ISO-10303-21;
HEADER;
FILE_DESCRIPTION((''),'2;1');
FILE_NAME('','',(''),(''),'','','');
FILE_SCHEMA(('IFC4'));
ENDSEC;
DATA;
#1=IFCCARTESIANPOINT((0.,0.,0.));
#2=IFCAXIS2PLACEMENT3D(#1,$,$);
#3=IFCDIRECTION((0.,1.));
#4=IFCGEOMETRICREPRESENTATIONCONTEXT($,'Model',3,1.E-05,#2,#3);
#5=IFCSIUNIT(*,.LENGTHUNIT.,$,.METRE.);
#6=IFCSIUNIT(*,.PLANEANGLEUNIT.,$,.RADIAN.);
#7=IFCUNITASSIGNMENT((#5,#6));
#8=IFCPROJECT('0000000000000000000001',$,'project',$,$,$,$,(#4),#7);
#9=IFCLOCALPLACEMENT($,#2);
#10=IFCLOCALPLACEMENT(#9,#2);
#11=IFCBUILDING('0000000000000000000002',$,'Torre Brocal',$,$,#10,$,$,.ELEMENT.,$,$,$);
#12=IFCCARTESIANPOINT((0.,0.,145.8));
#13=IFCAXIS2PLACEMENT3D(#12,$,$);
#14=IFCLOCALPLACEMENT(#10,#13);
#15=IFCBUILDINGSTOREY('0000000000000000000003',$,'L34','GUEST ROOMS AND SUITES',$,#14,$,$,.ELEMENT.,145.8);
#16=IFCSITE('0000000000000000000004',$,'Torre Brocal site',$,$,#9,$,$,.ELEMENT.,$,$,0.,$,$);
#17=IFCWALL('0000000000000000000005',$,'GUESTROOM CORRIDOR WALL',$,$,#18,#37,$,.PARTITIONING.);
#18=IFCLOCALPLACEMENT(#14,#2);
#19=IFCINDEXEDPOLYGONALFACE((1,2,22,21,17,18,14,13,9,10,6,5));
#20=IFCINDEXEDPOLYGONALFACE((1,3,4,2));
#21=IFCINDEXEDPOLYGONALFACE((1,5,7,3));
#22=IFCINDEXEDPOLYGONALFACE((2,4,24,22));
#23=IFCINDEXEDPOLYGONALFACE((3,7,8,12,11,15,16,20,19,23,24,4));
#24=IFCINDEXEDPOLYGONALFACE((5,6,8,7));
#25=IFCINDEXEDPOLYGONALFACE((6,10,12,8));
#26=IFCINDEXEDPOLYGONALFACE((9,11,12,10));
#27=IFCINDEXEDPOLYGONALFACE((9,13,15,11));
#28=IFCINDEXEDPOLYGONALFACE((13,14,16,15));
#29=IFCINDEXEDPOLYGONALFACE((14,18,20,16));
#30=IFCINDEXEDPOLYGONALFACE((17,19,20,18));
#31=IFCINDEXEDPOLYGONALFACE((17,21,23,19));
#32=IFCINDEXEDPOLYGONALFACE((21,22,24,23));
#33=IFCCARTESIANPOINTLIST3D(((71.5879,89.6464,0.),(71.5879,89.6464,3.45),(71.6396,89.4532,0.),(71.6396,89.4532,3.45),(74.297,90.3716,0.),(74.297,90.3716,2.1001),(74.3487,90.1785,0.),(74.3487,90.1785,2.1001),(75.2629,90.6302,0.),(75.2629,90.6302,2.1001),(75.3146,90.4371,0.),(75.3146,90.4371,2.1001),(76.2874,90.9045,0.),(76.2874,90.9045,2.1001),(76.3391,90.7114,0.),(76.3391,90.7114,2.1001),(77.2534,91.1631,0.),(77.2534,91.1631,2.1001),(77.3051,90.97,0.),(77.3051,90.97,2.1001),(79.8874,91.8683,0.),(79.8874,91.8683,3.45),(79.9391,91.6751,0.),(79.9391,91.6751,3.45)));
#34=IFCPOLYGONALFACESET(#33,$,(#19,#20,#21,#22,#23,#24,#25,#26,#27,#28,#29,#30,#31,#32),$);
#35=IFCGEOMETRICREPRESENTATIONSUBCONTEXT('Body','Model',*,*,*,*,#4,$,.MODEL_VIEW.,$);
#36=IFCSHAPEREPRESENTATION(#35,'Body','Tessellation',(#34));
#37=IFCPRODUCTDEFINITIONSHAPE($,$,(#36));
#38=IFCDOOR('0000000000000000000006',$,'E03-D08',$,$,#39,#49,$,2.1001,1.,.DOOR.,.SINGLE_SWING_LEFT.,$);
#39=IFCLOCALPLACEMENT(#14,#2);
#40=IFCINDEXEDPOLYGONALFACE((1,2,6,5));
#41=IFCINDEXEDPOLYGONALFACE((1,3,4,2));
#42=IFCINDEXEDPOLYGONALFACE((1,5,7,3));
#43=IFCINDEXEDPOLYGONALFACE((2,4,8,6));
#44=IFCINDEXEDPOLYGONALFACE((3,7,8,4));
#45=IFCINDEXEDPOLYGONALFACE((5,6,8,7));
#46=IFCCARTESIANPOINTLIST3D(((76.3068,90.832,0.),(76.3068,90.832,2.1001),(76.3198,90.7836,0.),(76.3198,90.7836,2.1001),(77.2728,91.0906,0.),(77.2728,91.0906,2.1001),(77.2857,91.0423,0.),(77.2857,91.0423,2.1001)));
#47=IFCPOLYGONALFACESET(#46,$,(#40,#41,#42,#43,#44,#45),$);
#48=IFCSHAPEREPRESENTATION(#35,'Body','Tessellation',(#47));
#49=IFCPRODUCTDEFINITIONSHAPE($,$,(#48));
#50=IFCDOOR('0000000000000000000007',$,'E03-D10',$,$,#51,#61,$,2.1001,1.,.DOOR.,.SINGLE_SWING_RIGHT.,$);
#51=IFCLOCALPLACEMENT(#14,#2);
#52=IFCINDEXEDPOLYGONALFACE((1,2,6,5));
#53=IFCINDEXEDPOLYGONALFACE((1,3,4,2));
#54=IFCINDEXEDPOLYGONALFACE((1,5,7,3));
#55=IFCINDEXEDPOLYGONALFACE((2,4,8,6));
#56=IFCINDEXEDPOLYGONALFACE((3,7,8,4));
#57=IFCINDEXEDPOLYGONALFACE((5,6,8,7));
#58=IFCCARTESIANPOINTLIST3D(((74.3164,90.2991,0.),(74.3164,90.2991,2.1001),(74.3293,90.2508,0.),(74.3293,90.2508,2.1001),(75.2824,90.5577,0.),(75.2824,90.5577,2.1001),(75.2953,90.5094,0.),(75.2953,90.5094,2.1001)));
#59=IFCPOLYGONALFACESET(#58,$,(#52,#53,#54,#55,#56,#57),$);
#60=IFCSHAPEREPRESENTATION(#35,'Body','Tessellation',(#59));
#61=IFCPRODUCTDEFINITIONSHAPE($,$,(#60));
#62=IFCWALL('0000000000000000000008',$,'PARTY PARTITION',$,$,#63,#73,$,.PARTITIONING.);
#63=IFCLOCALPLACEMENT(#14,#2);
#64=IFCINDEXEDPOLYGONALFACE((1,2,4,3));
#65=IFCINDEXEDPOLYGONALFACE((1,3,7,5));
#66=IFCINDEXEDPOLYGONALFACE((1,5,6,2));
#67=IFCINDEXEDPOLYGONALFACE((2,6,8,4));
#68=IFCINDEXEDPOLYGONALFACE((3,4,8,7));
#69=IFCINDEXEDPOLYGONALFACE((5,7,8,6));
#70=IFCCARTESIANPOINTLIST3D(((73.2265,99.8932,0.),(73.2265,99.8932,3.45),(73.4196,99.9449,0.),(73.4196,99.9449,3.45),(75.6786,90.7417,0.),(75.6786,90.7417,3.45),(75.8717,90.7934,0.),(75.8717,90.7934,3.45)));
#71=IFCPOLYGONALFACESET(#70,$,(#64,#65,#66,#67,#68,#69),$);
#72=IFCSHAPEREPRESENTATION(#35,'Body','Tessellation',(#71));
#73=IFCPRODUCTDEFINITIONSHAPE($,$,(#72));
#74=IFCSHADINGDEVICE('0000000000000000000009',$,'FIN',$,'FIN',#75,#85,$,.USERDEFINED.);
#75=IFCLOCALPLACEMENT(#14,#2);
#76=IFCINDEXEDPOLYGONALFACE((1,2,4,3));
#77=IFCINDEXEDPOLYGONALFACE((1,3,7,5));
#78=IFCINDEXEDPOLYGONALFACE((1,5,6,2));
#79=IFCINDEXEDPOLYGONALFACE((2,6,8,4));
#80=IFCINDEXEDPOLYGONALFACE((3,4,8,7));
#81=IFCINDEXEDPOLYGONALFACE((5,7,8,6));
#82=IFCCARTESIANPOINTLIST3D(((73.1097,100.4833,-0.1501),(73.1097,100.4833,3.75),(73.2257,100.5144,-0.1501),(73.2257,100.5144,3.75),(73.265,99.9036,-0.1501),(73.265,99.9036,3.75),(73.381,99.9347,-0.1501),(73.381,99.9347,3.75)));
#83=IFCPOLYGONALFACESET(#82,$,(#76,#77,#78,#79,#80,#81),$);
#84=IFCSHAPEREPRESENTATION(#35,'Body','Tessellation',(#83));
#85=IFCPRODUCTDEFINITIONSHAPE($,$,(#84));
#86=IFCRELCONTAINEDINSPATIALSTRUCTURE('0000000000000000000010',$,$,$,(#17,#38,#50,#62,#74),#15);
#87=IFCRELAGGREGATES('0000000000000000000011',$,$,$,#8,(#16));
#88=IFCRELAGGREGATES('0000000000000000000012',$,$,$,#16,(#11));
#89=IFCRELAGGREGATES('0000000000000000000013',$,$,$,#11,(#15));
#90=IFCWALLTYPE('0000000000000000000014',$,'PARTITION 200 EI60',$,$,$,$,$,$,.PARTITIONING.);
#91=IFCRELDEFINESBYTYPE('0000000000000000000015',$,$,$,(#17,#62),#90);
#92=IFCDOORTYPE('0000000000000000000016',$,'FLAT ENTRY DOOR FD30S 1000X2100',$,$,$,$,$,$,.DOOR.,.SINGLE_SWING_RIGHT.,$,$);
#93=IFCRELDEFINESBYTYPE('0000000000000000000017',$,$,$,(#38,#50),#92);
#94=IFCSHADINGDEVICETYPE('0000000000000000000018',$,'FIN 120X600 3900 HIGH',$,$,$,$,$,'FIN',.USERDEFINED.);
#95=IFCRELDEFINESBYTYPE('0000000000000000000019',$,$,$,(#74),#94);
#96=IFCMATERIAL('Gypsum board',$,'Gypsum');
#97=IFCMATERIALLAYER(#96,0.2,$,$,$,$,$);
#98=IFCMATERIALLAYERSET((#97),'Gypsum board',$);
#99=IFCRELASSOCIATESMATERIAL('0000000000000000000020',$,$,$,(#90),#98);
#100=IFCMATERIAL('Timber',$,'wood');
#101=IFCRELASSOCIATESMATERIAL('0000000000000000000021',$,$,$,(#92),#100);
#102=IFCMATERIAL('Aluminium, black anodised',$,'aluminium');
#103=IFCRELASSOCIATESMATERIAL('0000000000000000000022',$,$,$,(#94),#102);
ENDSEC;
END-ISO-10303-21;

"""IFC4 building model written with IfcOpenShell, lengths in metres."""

from ifc_helpers import new_model, si_unit, direction, frame, frame_2d, origin, origin_2d, place, context, subcontext, project, spatial, rectangle, extrude, material, layer, layer_set, material_profile, profile_set, type_object, element, fill, save


model = new_model("IFC4")

# Units and contexts
model_context = context("Model", 3, precision=1e-05, world=origin(), true_north=direction((0.0, 1.0)))
body_context = subcontext(model_context, "Body", "Model", "MODEL_VIEW")
ifc_project = project(units=[si_unit("LENGTHUNIT", "METRE"), si_unit("PLANEANGLEUNIT", "RADIAN")], contexts=[model_context])

# Site, building, storey
site_placement = place(None, origin())
site = spatial("IfcSite", under=ifc_project, at=site_placement, Name="Torre Brocal site", CompositionType="ELEMENT", RefElevation=0.0)
building_placement = place(site_placement, origin())
building = spatial("IfcBuilding", under=site, at=building_placement, Name="Torre Brocal", CompositionType="ELEMENT")
storey_placement = place(building_placement, frame((0.0, 0.0, 145.8)))
storey = spatial("IfcBuildingStorey", under=building, at=storey_placement, Name="L34", Description="GUEST ROOMS AND SUITES", CompositionType="ELEMENT", Elevation=145.8)

# Wall, openings, doors
ifc_material_1 = material(Name="Gypsum board", Category="Gypsum")
ifc_layer_1 = layer(ifc_material_1, 0.2)
ifc_layer_set_1 = layer_set([ifc_layer_1], Name="Gypsum board")
wall_type_1 = type_object("IfcWallType", Name="PARTITION 200 EI60", PredefinedType="PARTITIONING", material=ifc_layer_set_1)
wall_1_placement = place(storey_placement, frame((71.6138, 89.5498, 0.0), z_axis=(0.0, 0.0, 1.0), x_axis=(0.965982, 0.258609, 0.0)))
wall_1 = element("IfcWall", 1, at=wall_1_placement, inside=storey, type_object=wall_type_1, Name="GUESTROOM CORRIDOR WALL", PredefinedType="PARTITIONING", context=body_context, shape_type="SweptSolid", body=[
    extrude(rectangle(XDim=8.5918, YDim=0.2, at=frame_2d((4.2959, 0.0))), origin(), (0.0, 0.0, 1.0), 3.45),
])
opening_1_placement = place(wall_1_placement, frame((4.865, 0.0, 0.0)))
opening_1 = element("IfcOpeningElement", 2, at=opening_1_placement, cuts=wall_1, PredefinedType="OPENING", context=body_context, shape_type="SweptSolid", body=[
    extrude(rectangle(XDim=1.0, YDim=2.1001, at=frame_2d((0.5, 1.05))), frame((0.0, 0.1099, 0.0), z_axis=(0.0, -1.0, 0.0), x_axis=(1.0, 0.0, 0.0)), (0.0, 0.0, 1.0), 0.22),
])
opening_2_placement = place(wall_1_placement, frame((2.8044, 0.0, 0.0)))
opening_2 = element("IfcOpeningElement", 3, at=opening_2_placement, cuts=wall_1, PredefinedType="OPENING", context=body_context, shape_type="SweptSolid", body=[
    extrude(rectangle(XDim=1.0, YDim=2.1001, at=frame_2d((0.5, 1.05))), frame((0.0, 0.1099, 0.0), z_axis=(0.0, -1.0, 0.0), x_axis=(1.0, 0.0, 0.0)), (0.0, 0.0, 1.0), 0.22),
])
ifc_material_2 = material(Name="Timber", Category="wood")
door_type_1 = type_object("IfcDoorType", Name="FLAT ENTRY DOOR FD30S 1000X2100", OperationType="SINGLE_SWING_RIGHT", PredefinedType="DOOR", material=ifc_material_2)
door_1_placement = place(opening_1_placement, origin())
door_1 = element("IfcDoor", 4, at=door_1_placement, inside=storey, type_object=door_type_1, Name="E03-D08", OperationType="SINGLE_SWING_LEFT", OverallHeight=2.1001, OverallWidth=1.0, PredefinedType="DOOR", context=body_context, shape_type="SweptSolid", body=[
    extrude(rectangle(XDim=1.0, YDim=2.1001, at=frame_2d((0.5, 1.05))), frame((0.0, 0.0249, 0.0), z_axis=(0.0, -1.0, 0.0), x_axis=(1.0, 0.0, 0.0)), (0.0, 0.0, 1.0), 0.05),
])
fill(opening_1, door_1)
door_2_placement = place(opening_2_placement, origin())
door_2 = element("IfcDoor", 5, at=door_2_placement, inside=storey, type_object=door_type_1, Name="E03-D10", OperationType="SINGLE_SWING_RIGHT", OverallHeight=2.1001, OverallWidth=1.0, PredefinedType="DOOR", context=body_context, shape_type="SweptSolid", body=[
    extrude(rectangle(XDim=1.0, YDim=2.1001, at=frame_2d((0.5, 1.05))), frame((0.0, 0.0249, 0.0), z_axis=(0.0, -1.0, 0.0), x_axis=(1.0, 0.0, 0.0)), (0.0, 0.0, 1.0), 0.05),
])
fill(opening_2, door_2)

# Wall
wall_2_placement = place(storey_placement, frame((73.323, 99.9192, 0.0), z_axis=(0.0, 0.0, 1.0), x_axis=(0.258817, -0.965926, 0.0)))
element("IfcWall", 6, at=wall_2_placement, inside=storey, type_object=wall_type_1, Name="PARTY PARTITION", PredefinedType="PARTITIONING", context=body_context, shape_type="SweptSolid", body=[
    extrude(rectangle(XDim=9.4744, YDim=0.2, at=frame_2d((4.7373, 0.0))), origin(), (0.0, 0.0, 1.0), 3.45),
])

# Shading device
ifc_material_3 = material(Name="Aluminium, black anodised", Category="aluminium")
ifc_material_profile_1 = material_profile(ifc_material_3, rectangle(XDim=0.1201, YDim=0.6001, at=origin_2d()), Name="FIN 120X600 3900 HIGH")
ifc_profile_set_1 = profile_set([ifc_material_profile_1], Name="Aluminium, black anodised")
shading_device_type = type_object("IfcShadingDeviceType", Name="FIN 120X600 3900 HIGH", ElementType="FIN", PredefinedType="USERDEFINED", material=ifc_profile_set_1)
shading_device_placement = place(storey_placement, frame((73.2454, 100.209, -0.1501), z_axis=(0.0, 0.0, 1.0), x_axis=(-0.965926, -0.258819, 0.0)))
element("IfcShadingDevice", 7, at=shading_device_placement, inside=storey, type_object=shading_device_type, Name="FIN", ObjectType="FIN", PredefinedType="USERDEFINED", context=body_context, shape_type="SweptSolid", body=[
    extrude(rectangle(XDim=0.1201, YDim=0.6001, at=origin_2d()), origin(), (0.0, 0.0, 1.0), 3.9001),
])

save(model, "model.ifc")
